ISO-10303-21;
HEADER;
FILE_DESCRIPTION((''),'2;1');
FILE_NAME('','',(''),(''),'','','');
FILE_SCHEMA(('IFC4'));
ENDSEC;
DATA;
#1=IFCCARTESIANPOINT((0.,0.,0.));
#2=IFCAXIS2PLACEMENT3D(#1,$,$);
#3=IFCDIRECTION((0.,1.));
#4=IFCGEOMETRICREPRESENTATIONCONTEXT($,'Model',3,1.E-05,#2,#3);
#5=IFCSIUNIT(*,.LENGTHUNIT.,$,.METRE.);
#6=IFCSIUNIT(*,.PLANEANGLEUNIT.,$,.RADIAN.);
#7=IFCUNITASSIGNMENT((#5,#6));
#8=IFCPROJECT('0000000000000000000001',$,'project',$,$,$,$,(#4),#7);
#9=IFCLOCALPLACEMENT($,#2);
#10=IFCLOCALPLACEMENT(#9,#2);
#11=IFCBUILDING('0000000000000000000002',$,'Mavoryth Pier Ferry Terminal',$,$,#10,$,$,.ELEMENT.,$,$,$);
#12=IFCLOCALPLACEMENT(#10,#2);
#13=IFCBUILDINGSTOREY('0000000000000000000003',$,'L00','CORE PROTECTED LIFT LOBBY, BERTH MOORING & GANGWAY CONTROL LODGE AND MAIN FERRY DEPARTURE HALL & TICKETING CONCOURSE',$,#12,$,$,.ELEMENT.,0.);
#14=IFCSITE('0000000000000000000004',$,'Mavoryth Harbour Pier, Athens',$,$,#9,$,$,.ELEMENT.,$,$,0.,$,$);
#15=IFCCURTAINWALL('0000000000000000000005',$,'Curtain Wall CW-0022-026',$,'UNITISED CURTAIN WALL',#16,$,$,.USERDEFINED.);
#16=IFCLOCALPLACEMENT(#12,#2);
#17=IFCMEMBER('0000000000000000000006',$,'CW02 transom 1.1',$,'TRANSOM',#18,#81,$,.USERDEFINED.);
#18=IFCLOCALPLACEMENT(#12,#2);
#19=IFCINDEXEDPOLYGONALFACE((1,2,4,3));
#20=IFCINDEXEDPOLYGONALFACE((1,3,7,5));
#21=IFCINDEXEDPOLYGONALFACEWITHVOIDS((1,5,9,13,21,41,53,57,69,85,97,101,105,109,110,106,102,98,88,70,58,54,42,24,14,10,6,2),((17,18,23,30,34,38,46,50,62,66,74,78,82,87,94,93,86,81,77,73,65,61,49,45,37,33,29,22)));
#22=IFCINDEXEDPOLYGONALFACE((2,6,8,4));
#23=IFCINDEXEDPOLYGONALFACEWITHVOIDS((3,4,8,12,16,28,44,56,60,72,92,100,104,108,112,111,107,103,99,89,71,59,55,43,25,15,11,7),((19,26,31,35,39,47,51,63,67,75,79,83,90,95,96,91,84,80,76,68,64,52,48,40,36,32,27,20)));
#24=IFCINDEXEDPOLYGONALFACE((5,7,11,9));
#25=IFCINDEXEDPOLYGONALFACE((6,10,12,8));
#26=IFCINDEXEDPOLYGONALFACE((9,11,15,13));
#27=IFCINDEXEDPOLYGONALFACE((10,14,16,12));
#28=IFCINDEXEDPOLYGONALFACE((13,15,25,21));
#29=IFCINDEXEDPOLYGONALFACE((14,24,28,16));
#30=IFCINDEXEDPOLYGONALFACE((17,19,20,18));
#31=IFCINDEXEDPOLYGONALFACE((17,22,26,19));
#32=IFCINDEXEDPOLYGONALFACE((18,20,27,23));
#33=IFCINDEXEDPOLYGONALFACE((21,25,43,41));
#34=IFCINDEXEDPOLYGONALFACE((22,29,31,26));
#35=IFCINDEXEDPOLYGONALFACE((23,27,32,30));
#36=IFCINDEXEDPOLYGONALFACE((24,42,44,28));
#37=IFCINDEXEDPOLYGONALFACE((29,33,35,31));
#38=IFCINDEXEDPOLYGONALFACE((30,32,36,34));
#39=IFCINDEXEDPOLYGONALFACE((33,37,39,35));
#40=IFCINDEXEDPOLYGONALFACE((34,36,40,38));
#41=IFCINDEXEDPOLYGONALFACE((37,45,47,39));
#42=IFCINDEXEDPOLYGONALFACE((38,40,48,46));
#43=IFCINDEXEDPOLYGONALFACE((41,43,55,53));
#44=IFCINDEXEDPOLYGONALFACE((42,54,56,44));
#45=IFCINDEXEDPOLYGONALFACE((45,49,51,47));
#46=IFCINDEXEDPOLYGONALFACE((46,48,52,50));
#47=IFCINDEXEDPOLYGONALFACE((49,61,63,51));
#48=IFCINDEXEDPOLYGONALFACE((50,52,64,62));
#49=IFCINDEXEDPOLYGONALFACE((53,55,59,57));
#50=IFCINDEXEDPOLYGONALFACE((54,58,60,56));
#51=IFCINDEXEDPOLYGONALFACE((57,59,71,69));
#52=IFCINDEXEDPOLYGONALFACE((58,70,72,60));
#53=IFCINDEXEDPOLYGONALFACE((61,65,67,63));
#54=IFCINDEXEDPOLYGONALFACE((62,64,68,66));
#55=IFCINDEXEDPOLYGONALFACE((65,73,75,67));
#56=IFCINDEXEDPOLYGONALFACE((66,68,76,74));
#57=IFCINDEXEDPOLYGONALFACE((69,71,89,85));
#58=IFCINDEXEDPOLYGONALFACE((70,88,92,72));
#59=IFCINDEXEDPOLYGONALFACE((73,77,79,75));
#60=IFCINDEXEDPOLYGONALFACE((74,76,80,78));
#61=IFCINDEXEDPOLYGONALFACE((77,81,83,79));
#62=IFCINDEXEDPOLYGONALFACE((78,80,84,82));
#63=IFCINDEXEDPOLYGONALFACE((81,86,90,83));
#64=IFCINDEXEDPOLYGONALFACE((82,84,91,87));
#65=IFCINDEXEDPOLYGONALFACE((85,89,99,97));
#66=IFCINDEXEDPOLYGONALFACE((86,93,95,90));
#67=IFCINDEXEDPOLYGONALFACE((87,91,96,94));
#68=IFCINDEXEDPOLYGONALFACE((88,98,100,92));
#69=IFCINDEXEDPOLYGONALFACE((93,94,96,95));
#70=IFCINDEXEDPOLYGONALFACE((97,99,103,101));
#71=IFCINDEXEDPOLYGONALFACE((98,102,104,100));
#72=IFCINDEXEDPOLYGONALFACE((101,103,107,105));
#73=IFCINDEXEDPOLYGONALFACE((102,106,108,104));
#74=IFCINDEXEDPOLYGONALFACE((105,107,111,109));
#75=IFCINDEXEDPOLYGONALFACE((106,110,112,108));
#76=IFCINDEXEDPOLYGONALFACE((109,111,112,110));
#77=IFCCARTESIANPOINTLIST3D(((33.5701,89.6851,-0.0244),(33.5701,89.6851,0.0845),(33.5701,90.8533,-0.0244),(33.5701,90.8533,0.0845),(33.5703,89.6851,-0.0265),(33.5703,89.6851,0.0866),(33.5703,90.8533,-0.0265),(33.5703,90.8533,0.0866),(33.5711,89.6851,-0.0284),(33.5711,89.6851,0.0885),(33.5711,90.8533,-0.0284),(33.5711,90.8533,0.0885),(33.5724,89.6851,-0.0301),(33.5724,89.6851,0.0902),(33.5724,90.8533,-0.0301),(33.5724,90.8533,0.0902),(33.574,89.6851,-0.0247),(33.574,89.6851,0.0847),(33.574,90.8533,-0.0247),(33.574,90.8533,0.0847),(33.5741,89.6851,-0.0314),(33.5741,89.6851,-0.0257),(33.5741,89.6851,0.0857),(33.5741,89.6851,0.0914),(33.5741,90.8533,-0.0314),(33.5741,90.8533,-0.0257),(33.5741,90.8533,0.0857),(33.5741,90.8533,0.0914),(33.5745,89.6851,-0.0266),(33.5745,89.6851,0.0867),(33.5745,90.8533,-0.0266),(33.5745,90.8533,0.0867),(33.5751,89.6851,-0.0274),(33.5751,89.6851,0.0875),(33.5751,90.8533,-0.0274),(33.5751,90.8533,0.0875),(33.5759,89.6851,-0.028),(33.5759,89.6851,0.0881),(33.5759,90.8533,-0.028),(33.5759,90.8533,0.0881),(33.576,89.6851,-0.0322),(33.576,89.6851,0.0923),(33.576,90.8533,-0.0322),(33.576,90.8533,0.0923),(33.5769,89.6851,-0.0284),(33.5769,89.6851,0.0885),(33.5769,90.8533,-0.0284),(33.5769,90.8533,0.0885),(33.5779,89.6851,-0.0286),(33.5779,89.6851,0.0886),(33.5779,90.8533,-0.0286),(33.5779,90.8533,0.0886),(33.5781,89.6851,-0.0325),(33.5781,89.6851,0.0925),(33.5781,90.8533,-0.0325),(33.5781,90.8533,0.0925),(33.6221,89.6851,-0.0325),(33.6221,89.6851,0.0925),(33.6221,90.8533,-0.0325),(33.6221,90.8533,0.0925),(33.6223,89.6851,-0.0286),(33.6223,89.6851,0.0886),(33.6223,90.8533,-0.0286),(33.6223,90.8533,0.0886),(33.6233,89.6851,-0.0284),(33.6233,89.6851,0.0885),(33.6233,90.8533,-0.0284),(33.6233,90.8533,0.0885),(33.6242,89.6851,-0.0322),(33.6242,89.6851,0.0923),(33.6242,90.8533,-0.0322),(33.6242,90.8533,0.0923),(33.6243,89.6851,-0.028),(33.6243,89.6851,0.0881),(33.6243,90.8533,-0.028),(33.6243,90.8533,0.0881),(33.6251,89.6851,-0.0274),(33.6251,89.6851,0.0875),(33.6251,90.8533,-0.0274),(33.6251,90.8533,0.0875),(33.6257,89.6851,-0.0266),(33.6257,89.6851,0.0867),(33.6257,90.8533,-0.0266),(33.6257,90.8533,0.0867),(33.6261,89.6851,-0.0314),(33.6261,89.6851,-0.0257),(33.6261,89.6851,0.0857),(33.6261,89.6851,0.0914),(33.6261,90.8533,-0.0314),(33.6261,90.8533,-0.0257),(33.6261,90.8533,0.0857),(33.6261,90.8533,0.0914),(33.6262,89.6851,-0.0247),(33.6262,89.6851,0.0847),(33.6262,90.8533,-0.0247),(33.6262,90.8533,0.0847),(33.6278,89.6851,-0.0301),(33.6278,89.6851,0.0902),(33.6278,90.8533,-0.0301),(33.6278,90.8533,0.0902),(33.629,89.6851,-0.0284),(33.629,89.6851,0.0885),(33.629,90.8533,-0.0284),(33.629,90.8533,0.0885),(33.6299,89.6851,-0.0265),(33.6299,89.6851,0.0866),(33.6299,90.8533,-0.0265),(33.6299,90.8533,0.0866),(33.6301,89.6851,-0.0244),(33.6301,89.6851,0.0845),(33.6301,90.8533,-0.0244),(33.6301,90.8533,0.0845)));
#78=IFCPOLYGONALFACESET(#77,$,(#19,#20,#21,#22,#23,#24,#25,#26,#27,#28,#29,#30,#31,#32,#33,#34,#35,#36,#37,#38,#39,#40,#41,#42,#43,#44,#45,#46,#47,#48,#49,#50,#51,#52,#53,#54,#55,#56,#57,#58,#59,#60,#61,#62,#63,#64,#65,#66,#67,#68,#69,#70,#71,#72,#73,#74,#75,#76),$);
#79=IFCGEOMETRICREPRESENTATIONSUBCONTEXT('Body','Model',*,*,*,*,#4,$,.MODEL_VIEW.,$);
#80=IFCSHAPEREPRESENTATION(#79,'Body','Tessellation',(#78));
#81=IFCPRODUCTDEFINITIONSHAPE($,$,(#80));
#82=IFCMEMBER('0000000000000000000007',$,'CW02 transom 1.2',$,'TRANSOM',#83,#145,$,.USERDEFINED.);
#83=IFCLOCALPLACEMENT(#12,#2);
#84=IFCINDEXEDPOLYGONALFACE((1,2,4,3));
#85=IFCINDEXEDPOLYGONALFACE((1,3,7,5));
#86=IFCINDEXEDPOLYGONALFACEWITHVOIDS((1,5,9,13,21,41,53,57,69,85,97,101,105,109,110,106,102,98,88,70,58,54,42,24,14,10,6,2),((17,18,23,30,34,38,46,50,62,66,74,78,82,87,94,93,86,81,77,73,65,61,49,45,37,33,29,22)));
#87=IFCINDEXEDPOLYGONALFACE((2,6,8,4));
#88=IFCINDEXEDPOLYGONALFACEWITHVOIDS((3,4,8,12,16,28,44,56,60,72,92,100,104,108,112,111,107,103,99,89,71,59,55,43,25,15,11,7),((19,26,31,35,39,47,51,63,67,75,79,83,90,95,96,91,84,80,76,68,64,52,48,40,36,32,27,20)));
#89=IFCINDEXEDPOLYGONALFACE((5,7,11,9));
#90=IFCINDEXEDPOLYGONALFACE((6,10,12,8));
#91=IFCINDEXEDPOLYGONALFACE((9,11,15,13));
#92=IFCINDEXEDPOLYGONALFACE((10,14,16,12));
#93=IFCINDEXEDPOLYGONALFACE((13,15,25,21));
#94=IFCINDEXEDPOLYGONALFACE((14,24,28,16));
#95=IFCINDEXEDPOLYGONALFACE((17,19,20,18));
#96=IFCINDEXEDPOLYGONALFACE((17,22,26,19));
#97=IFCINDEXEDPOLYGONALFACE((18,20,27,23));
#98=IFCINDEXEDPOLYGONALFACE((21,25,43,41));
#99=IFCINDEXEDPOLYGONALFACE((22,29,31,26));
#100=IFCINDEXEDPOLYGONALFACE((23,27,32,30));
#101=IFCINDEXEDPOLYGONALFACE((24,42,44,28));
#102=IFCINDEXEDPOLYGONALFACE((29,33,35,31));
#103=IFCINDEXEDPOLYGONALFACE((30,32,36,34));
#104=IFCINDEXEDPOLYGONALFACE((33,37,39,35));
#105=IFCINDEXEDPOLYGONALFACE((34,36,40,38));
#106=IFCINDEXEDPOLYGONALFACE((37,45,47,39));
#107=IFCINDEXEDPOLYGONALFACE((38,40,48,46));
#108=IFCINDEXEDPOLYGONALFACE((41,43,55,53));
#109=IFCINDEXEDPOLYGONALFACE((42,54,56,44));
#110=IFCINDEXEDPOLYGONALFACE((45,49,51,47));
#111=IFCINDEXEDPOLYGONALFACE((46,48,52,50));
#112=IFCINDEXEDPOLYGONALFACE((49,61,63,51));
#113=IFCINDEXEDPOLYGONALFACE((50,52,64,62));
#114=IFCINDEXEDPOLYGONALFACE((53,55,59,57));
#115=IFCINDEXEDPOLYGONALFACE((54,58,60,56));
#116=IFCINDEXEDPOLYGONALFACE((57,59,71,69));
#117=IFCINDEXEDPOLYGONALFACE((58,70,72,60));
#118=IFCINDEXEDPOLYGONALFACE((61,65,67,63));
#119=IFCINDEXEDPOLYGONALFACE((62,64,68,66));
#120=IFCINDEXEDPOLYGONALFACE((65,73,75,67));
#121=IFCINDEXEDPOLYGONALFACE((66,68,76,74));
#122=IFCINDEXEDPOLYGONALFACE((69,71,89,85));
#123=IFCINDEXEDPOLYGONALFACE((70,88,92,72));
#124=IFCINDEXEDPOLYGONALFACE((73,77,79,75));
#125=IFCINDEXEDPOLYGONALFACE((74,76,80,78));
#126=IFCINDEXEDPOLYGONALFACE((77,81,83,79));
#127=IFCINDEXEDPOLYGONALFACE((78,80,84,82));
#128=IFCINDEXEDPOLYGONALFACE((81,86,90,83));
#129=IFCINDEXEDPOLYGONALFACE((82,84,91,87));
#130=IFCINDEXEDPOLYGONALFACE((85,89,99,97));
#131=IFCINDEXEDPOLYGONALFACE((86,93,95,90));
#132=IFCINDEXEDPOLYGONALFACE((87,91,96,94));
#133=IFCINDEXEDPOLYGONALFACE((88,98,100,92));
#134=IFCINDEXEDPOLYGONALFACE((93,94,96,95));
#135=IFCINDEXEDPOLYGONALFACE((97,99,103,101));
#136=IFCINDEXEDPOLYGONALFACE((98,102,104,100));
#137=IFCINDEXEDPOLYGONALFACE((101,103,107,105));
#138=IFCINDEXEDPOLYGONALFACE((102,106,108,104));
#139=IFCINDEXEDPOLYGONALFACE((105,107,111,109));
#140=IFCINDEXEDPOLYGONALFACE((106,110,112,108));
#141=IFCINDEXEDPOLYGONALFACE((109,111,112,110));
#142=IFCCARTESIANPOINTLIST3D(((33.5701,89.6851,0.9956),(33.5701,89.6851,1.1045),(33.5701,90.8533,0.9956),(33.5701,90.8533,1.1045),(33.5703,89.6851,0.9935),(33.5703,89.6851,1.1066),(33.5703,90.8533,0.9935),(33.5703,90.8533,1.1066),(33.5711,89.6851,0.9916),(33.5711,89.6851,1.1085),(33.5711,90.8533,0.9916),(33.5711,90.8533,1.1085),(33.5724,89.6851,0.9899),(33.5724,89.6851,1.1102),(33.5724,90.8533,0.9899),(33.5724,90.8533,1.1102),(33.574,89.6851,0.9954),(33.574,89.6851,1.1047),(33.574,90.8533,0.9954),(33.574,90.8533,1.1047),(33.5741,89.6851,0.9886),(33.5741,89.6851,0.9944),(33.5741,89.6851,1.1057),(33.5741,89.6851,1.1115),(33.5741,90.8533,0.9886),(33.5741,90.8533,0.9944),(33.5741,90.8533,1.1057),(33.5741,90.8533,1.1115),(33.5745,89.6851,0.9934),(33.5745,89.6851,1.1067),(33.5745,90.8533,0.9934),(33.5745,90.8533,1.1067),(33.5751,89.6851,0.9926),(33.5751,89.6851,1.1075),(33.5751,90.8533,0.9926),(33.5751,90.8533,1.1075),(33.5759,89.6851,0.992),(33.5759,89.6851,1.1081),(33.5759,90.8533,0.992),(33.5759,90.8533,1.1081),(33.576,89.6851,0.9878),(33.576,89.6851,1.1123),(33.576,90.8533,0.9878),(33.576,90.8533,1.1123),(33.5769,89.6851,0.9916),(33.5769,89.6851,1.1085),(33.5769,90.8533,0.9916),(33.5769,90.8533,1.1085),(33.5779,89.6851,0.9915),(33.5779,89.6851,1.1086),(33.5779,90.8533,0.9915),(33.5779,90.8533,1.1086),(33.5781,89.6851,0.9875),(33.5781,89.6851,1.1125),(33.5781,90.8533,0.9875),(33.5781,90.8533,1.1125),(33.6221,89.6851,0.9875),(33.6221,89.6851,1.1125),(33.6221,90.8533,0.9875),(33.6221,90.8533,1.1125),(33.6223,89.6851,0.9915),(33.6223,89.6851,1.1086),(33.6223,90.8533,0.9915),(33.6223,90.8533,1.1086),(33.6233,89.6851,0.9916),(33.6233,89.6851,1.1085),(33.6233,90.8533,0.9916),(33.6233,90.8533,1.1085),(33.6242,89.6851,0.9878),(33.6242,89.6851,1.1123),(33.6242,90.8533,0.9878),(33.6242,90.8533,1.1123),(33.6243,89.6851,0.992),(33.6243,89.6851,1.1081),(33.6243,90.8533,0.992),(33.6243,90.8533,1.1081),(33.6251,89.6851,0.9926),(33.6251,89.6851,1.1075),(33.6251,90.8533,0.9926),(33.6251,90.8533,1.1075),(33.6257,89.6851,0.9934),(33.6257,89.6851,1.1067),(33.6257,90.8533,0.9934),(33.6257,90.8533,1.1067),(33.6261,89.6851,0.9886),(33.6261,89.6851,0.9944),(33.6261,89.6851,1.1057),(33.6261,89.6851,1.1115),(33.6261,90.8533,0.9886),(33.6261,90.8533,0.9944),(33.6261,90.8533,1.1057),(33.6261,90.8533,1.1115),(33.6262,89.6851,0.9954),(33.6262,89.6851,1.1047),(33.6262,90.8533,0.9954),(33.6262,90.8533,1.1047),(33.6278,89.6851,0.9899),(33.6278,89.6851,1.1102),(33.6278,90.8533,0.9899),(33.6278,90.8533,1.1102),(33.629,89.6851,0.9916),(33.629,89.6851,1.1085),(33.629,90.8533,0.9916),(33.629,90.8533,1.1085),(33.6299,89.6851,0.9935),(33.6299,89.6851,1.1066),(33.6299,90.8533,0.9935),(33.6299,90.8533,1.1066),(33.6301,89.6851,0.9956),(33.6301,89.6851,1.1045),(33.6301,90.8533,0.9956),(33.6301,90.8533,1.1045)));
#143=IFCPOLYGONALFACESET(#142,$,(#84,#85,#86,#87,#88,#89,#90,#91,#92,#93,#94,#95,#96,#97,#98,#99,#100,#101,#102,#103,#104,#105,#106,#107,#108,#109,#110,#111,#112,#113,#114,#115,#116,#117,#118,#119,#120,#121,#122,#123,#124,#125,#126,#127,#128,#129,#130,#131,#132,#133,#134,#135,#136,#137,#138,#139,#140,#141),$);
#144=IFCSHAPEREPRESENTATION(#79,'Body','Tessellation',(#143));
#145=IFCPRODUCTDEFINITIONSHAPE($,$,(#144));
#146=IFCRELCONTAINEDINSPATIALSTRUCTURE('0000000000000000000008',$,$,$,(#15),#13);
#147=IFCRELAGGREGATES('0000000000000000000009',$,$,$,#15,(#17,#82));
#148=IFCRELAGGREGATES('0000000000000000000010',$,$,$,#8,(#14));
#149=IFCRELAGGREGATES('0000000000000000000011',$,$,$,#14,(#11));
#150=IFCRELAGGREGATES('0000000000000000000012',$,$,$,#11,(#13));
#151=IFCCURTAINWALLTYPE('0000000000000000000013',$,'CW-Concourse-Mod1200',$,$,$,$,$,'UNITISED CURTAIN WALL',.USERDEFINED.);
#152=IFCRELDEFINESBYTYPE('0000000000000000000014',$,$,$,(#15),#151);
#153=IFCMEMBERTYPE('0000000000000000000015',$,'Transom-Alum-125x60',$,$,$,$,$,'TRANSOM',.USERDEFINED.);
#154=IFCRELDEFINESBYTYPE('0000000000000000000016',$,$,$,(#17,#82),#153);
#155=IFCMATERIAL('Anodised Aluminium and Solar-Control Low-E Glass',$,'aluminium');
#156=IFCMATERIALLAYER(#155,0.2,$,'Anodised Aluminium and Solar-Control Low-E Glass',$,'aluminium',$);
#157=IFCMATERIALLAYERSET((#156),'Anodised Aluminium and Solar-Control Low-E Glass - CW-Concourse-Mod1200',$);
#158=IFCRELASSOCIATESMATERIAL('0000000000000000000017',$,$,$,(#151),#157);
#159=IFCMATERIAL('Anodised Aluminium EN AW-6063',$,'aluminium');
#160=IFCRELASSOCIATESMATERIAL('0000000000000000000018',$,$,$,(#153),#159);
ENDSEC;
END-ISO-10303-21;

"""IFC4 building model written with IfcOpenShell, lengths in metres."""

from ifc_helpers import new_model, si_unit, direction, frame, origin, origin_2d, place, context, subcontext, project, spatial, hollow_rectangle, extrude, material, layer, layer_set, material_profile, profile_set, type_object, element, aggregate, save


model = new_model("IFC4")

# Units and contexts
model_context = context("Model", 3, precision=1e-05, world=origin(), true_north=direction((0.0, 1.0)))
body_context = subcontext(model_context, "Body", "Model", "MODEL_VIEW")
ifc_project = project(units=[si_unit("LENGTHUNIT", "METRE"), si_unit("PLANEANGLEUNIT", "RADIAN")], contexts=[model_context])

# Site, building, storey
site_placement = place(None, origin())
site = spatial("IfcSite", under=ifc_project, at=site_placement, Name="Mavoryth Harbour Pier, Athens", CompositionType="ELEMENT", RefElevation=0.0)
building_placement = place(site_placement, origin())
building = spatial("IfcBuilding", under=site, at=building_placement, Name="Mavoryth Pier Ferry Terminal", CompositionType="ELEMENT")
storey_placement = place(building_placement, origin())
storey = spatial("IfcBuildingStorey", under=building, at=storey_placement, Name="L00", Description="CORE PROTECTED LIFT LOBBY, BERTH MOORING & GANGWAY CONTROL LODGE AND MAIN FERRY DEPARTURE HALL & TICKETING CONCOURSE", CompositionType="ELEMENT", Elevation=0.0)

# Curtain wall, members
ifc_material_1 = material(Name="Anodised Aluminium and Solar-Control Low-E Glass", Category="aluminium")
ifc_layer_1 = layer(ifc_material_1, 0.2, Name="Anodised Aluminium and Solar-Control Low-E Glass", Category="aluminium")
ifc_layer_set_1 = layer_set([ifc_layer_1], Name="Anodised Aluminium and Solar-Control Low-E Glass - CW-Concourse-Mod1200")
curtain_wall_type = type_object("IfcCurtainWallType", Name="CW-Concourse-Mod1200", ElementType="UNITISED CURTAIN WALL", PredefinedType="USERDEFINED", material=ifc_layer_set_1)
curtain_wall_placement = place(storey_placement, origin())
curtain_wall = element("IfcCurtainWall", 1, at=curtain_wall_placement, inside=storey, type_object=curtain_wall_type, Name="Curtain Wall CW-0022-026", ObjectType="UNITISED CURTAIN WALL", PredefinedType="USERDEFINED")
ifc_material_2 = material(Name="Anodised Aluminium EN AW-6063", Category="aluminium")
ifc_material_profile_1 = material_profile(ifc_material_2, hollow_rectangle(XDim=0.0601, YDim=0.125, WallThickness=0.0039, InnerFilletRadius=0.0039, OuterFilletRadius=0.0081, at=origin_2d()), Name="AL-TRAN 125x60x4", Category="aluminium")
ifc_profile_set_1 = profile_set([ifc_material_profile_1], Name="Anodised Aluminium EN AW-6063 - AL-TRAN 125x60x4")
member_type_1 = type_object("IfcMemberType", Name="Transom-Alum-125x60", ElementType="TRANSOM", PredefinedType="USERDEFINED", material=ifc_profile_set_1)
member_1_placement = place(storey_placement, frame((33.6001, 89.6851, 0.03), z_axis=(0.0, 1.0, 0.0), x_axis=(-1.0, 0.0, 0.0)))
member_1 = element("IfcMember", 2, at=member_1_placement, type_object=member_type_1, Name="CW02 transom 1.1", ObjectType="TRANSOM", PredefinedType="USERDEFINED", context=body_context, shape_type="SweptSolid", body=[
    extrude(hollow_rectangle(XDim=0.0601, YDim=0.125, WallThickness=0.0039, InnerFilletRadius=0.0039, OuterFilletRadius=0.0081, at=origin_2d()), origin(), (0.0, 0.0, 1.0), 1.1682),
])
member_2_placement = place(storey_placement, frame((33.6001, 89.6851, 1.05), z_axis=(0.0, 1.0, 0.0), x_axis=(-1.0, 0.0, 0.0)))
member_2 = element("IfcMember", 3, at=member_2_placement, type_object=member_type_1, Name="CW02 transom 1.2", ObjectType="TRANSOM", PredefinedType="USERDEFINED", context=body_context, shape_type="SweptSolid", body=[
    extrude(hollow_rectangle(XDim=0.0601, YDim=0.125, WallThickness=0.0039, InnerFilletRadius=0.0039, OuterFilletRadius=0.0081, at=origin_2d()), origin(), (0.0, 0.0, 1.0), 1.1682),
])
aggregate(curtain_wall, [member_1, member_2])

save(model, "model.ifc")
